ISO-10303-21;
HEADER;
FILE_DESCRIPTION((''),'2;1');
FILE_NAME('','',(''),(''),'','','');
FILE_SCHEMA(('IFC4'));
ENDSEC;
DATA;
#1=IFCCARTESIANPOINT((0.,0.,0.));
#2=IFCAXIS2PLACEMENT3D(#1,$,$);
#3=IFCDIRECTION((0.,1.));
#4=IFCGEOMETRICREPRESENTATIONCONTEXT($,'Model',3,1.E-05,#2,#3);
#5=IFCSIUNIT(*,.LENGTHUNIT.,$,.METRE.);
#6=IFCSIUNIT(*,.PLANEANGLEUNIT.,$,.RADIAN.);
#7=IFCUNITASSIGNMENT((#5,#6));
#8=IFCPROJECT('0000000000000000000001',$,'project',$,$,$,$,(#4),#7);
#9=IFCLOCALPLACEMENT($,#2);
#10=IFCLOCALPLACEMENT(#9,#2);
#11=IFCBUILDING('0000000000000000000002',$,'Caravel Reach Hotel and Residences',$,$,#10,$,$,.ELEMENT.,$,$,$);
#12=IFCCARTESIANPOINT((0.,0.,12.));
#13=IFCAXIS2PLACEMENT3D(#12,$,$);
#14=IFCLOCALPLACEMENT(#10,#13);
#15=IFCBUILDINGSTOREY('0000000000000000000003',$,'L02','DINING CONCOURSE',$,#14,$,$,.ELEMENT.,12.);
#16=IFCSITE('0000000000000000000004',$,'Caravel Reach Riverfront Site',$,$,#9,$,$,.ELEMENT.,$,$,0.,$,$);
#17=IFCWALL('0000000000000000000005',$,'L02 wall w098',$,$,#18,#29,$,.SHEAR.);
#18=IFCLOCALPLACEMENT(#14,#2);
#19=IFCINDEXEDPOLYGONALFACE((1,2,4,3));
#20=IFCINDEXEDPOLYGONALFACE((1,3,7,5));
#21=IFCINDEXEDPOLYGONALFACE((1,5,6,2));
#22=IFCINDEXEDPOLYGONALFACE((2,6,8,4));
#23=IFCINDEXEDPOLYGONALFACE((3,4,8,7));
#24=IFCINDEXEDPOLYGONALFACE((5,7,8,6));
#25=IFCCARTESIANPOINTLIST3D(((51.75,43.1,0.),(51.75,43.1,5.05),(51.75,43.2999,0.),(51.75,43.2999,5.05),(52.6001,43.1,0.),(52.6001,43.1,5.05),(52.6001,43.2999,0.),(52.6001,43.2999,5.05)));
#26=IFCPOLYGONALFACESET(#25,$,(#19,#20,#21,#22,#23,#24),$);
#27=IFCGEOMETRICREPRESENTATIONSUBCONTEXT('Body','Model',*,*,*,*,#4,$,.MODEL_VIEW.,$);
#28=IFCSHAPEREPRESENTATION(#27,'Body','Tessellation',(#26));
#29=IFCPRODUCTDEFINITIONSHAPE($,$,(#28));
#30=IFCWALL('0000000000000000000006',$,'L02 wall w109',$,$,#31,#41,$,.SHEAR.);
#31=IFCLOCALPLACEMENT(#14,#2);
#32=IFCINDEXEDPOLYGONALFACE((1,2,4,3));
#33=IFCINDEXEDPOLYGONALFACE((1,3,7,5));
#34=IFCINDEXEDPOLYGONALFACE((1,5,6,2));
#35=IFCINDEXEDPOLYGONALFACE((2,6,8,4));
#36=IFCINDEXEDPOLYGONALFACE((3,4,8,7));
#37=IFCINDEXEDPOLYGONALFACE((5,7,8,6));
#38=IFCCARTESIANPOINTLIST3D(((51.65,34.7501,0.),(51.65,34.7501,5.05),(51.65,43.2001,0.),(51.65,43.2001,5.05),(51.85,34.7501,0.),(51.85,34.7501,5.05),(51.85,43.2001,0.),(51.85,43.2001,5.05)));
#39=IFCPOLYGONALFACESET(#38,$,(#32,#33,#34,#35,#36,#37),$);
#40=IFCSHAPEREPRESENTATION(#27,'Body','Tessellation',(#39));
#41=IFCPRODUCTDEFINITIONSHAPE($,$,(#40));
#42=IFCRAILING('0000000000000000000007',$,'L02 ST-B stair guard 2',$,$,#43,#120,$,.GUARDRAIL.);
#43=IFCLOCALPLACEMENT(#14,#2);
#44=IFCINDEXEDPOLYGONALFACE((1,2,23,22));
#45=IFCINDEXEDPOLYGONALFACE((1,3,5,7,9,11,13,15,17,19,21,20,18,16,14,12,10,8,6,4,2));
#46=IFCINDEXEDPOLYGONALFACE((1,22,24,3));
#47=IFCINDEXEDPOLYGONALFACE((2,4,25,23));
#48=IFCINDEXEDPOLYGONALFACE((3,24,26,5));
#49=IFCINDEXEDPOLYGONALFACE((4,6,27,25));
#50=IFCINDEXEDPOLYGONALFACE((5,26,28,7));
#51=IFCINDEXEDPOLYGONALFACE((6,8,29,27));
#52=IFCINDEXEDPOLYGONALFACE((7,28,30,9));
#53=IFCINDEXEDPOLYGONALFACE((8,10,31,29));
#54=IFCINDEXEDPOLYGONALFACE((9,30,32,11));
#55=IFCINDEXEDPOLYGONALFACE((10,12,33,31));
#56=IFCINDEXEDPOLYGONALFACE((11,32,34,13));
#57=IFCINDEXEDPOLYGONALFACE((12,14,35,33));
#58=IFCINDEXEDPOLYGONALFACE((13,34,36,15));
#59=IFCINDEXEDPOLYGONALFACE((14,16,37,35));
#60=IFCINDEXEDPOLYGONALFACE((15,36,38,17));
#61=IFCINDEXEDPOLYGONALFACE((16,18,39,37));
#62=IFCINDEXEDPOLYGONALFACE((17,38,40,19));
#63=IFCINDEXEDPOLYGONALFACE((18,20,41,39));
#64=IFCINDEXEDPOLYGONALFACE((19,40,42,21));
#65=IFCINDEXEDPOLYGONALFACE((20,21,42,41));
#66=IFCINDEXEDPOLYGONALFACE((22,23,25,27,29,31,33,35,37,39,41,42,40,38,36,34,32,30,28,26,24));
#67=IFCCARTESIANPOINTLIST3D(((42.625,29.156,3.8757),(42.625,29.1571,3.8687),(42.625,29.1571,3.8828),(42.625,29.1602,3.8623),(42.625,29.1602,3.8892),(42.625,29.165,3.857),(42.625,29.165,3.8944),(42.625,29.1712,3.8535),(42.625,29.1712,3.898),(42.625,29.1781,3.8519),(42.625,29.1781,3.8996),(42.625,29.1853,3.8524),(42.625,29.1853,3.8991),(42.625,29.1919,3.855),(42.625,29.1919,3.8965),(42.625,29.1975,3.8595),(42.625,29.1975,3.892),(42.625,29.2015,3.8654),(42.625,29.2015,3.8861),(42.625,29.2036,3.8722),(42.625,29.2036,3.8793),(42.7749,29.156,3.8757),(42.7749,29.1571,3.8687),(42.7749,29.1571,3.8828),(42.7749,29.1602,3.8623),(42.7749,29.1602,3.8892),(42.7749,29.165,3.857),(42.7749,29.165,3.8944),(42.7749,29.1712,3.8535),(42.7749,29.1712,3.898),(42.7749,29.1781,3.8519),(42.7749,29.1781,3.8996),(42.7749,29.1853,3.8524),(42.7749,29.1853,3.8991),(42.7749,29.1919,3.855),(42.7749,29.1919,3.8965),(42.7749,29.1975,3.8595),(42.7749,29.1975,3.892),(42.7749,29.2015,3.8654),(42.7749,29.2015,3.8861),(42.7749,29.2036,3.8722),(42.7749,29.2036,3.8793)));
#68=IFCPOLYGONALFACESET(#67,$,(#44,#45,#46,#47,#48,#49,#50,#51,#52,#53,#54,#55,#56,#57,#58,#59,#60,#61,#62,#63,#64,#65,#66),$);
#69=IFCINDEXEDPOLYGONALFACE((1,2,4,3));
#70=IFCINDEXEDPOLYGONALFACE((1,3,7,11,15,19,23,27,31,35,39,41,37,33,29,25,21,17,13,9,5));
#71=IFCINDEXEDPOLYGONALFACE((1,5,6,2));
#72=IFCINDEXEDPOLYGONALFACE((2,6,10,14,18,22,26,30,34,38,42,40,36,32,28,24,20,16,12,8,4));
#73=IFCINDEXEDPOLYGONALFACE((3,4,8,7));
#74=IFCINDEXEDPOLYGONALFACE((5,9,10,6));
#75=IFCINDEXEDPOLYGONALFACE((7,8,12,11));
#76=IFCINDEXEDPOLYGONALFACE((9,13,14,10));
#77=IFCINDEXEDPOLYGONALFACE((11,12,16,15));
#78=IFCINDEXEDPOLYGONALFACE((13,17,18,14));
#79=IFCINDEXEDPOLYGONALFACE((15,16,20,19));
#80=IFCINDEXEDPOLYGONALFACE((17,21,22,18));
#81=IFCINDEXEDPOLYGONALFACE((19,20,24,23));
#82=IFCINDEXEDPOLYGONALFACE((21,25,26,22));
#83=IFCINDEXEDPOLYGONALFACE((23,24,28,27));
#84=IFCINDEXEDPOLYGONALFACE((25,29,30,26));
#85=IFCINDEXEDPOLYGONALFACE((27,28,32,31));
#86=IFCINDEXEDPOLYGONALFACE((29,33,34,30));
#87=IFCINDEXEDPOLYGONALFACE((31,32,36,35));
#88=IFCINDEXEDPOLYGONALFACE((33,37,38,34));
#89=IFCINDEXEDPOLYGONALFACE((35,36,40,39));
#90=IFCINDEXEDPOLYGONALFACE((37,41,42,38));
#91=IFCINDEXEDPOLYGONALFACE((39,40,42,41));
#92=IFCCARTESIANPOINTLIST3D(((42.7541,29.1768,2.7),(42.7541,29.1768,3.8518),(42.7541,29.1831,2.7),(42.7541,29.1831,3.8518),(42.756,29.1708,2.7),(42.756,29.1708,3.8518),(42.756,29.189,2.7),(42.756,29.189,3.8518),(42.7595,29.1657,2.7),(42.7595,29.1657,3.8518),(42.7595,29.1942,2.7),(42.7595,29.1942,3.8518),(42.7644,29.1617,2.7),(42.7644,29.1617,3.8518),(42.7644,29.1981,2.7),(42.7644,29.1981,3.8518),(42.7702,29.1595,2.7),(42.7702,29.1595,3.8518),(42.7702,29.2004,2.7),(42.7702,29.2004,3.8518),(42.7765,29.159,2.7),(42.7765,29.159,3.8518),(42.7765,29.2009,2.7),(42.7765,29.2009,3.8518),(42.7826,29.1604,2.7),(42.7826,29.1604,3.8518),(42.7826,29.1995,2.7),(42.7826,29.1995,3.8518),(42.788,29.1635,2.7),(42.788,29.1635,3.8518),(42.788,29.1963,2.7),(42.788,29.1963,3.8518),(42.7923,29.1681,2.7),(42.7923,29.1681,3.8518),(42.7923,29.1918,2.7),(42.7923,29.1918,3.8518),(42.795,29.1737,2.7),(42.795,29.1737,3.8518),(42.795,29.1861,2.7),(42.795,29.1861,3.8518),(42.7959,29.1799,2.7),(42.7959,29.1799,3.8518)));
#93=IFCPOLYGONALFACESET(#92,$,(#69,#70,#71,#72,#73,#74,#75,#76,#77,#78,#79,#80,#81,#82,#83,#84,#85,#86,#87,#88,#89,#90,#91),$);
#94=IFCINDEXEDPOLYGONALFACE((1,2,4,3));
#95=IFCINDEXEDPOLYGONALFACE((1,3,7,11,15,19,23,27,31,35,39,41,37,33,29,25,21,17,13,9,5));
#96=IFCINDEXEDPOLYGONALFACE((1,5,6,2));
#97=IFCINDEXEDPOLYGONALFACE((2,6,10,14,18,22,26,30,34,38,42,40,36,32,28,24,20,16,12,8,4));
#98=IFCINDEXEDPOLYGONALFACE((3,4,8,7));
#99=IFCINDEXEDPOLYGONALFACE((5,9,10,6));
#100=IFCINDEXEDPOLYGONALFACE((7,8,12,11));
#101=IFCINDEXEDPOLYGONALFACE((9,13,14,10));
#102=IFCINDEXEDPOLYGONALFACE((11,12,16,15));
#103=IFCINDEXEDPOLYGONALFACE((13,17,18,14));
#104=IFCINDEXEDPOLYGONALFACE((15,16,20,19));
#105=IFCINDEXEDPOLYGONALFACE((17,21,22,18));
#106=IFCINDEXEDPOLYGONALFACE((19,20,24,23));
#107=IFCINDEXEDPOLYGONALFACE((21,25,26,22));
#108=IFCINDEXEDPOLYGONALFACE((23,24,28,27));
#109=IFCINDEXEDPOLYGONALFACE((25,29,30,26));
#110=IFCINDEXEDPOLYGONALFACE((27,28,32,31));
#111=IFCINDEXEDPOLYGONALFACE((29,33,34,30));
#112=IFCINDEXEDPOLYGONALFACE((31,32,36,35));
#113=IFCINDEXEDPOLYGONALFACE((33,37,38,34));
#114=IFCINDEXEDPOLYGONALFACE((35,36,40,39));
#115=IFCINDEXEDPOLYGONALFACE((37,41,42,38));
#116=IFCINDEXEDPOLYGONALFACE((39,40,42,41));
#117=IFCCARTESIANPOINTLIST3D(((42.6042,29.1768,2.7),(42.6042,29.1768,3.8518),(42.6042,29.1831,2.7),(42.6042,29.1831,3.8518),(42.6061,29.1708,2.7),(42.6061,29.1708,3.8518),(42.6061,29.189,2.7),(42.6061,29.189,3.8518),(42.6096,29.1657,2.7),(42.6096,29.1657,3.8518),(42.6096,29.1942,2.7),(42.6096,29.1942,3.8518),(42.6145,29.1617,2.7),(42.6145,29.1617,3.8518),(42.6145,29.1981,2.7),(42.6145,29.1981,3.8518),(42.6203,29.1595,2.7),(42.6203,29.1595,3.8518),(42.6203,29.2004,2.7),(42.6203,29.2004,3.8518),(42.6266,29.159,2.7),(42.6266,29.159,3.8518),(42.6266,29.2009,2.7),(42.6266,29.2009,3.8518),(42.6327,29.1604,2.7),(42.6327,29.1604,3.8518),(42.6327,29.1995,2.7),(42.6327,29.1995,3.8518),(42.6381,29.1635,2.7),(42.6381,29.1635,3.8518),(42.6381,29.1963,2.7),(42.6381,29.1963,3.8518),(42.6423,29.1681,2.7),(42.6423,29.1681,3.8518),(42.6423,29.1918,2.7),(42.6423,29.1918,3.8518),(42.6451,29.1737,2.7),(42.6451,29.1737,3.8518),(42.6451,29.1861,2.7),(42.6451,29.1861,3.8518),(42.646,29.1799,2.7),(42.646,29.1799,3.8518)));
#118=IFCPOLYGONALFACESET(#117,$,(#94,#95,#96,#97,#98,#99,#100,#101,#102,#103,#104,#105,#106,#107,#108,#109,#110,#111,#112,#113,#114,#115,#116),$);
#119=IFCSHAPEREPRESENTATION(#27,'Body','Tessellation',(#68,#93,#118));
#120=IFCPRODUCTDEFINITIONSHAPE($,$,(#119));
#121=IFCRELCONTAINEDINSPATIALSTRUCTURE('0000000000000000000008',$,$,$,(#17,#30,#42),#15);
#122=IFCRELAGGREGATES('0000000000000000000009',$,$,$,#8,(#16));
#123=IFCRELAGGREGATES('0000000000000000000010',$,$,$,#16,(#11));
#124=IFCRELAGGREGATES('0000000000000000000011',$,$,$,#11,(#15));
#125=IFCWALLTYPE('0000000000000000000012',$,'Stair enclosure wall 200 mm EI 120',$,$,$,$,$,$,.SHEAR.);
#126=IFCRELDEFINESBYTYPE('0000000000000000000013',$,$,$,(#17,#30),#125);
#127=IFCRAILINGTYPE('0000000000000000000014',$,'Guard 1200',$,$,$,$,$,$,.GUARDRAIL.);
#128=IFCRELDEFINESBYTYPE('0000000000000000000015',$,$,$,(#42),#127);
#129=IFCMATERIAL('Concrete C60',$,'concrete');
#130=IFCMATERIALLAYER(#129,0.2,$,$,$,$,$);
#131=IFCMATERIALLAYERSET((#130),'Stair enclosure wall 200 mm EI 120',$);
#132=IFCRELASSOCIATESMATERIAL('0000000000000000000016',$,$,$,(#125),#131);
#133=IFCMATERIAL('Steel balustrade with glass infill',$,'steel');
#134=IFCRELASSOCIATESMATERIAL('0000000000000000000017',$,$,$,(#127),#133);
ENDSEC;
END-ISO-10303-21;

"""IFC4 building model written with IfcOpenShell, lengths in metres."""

from ifc_helpers import new_model, si_unit, direction, frame, frame_2d, origin, origin_2d, place, context, subcontext, project, spatial, rectangle, circle, extrude, material, layer, layer_set, type_object, element, save


model = new_model("IFC4")

# Units and contexts
model_context = context("Model", 3, precision=1e-05, world=origin(), true_north=direction((0.0, 1.0)))
body_context = subcontext(model_context, "Body", "Model", "MODEL_VIEW")
ifc_project = project(units=[si_unit("LENGTHUNIT", "METRE"), si_unit("PLANEANGLEUNIT", "RADIAN")], contexts=[model_context])

# Site, building, storey
site_placement = place(None, origin())
site = spatial("IfcSite", under=ifc_project, at=site_placement, Name="Caravel Reach Riverfront Site", CompositionType="ELEMENT", RefElevation=0.0)
building_placement = place(site_placement, origin())
building = spatial("IfcBuilding", under=site, at=building_placement, Name="Caravel Reach Hotel and Residences", CompositionType="ELEMENT")
storey_placement = place(building_placement, frame((0.0, 0.0, 12.0)))
storey = spatial("IfcBuildingStorey", under=building, at=storey_placement, Name="L02", Description="DINING CONCOURSE", CompositionType="ELEMENT", Elevation=12.0)

# Walls
ifc_material_1 = material(Name="Concrete C60", Category="concrete")
ifc_layer_1 = layer(ifc_material_1, 0.2)
ifc_layer_set_1 = layer_set([ifc_layer_1], Name="Stair enclosure wall 200 mm EI 120")
wall_type_1 = type_object("IfcWallType", Name="Stair enclosure wall 200 mm EI 120", PredefinedType="SHEAR", material=ifc_layer_set_1)
wall_1_placement = place(storey_placement, frame((51.75, 43.2, 0.0), z_axis=(0.0, 0.0, 1.0), x_axis=(1.0, 0.0, 0.0)))
element("IfcWall", 1, at=wall_1_placement, inside=storey, type_object=wall_type_1, Name="L02 wall w098", PredefinedType="SHEAR", context=body_context, shape_type="SweptSolid", body=[
    extrude(rectangle(XDim=0.8501, YDim=0.2, at=frame_2d((0.425, 0.0))), origin(), (0.0, 0.0, 1.0), 5.05),
])
wall_2_placement = place(storey_placement, frame((51.75, 34.75, 0.0), z_axis=(0.0, 0.0, 1.0), x_axis=(0.0, 1.0, 0.0)))
element("IfcWall", 2, at=wall_2_placement, inside=storey, type_object=wall_type_1, Name="L02 wall w109", PredefinedType="SHEAR", context=body_context, shape_type="SweptSolid", body=[
    extrude(rectangle(XDim=8.45, YDim=0.2, at=frame_2d((4.2251, 0.0))), origin(), (0.0, 0.0, 1.0), 5.05),
])

# Railing
ifc_material_2 = material(Name="Steel balustrade with glass infill", Category="steel")
railing_type_1 = type_object("IfcRailingType", Name="Guard 1200", PredefinedType="GUARDRAIL", material=ifc_material_2)
railing_1_placement = place(storey_placement, frame((42.7749, 29.1799, 2.7)))
element("IfcRailing", 3, at=railing_1_placement, inside=storey, type_object=railing_type_1, Name="L02 ST-B stair guard 2", PredefinedType="GUARDRAIL", context=body_context, shape_type="SweptSolid", body=[
    extrude(circle(Radius=0.0239, at=origin_2d()), frame((0.0, 0.0, 1.1758), z_axis=(-1.0, 0.0, 0.0), x_axis=(0.0, -1.0, 0.0)), (0.0, 0.0, 1.0), 0.1499),
    extrude(circle(Radius=0.021, at=origin_2d()), origin(), (0.0, 0.0, 1.0), 1.1519),
    extrude(circle(Radius=0.021, at=origin_2d()), frame((-0.1499, 0.0, 0.0)), (0.0, 0.0, 1.0), 1.1519),
])

save(model, "model.ifc")
